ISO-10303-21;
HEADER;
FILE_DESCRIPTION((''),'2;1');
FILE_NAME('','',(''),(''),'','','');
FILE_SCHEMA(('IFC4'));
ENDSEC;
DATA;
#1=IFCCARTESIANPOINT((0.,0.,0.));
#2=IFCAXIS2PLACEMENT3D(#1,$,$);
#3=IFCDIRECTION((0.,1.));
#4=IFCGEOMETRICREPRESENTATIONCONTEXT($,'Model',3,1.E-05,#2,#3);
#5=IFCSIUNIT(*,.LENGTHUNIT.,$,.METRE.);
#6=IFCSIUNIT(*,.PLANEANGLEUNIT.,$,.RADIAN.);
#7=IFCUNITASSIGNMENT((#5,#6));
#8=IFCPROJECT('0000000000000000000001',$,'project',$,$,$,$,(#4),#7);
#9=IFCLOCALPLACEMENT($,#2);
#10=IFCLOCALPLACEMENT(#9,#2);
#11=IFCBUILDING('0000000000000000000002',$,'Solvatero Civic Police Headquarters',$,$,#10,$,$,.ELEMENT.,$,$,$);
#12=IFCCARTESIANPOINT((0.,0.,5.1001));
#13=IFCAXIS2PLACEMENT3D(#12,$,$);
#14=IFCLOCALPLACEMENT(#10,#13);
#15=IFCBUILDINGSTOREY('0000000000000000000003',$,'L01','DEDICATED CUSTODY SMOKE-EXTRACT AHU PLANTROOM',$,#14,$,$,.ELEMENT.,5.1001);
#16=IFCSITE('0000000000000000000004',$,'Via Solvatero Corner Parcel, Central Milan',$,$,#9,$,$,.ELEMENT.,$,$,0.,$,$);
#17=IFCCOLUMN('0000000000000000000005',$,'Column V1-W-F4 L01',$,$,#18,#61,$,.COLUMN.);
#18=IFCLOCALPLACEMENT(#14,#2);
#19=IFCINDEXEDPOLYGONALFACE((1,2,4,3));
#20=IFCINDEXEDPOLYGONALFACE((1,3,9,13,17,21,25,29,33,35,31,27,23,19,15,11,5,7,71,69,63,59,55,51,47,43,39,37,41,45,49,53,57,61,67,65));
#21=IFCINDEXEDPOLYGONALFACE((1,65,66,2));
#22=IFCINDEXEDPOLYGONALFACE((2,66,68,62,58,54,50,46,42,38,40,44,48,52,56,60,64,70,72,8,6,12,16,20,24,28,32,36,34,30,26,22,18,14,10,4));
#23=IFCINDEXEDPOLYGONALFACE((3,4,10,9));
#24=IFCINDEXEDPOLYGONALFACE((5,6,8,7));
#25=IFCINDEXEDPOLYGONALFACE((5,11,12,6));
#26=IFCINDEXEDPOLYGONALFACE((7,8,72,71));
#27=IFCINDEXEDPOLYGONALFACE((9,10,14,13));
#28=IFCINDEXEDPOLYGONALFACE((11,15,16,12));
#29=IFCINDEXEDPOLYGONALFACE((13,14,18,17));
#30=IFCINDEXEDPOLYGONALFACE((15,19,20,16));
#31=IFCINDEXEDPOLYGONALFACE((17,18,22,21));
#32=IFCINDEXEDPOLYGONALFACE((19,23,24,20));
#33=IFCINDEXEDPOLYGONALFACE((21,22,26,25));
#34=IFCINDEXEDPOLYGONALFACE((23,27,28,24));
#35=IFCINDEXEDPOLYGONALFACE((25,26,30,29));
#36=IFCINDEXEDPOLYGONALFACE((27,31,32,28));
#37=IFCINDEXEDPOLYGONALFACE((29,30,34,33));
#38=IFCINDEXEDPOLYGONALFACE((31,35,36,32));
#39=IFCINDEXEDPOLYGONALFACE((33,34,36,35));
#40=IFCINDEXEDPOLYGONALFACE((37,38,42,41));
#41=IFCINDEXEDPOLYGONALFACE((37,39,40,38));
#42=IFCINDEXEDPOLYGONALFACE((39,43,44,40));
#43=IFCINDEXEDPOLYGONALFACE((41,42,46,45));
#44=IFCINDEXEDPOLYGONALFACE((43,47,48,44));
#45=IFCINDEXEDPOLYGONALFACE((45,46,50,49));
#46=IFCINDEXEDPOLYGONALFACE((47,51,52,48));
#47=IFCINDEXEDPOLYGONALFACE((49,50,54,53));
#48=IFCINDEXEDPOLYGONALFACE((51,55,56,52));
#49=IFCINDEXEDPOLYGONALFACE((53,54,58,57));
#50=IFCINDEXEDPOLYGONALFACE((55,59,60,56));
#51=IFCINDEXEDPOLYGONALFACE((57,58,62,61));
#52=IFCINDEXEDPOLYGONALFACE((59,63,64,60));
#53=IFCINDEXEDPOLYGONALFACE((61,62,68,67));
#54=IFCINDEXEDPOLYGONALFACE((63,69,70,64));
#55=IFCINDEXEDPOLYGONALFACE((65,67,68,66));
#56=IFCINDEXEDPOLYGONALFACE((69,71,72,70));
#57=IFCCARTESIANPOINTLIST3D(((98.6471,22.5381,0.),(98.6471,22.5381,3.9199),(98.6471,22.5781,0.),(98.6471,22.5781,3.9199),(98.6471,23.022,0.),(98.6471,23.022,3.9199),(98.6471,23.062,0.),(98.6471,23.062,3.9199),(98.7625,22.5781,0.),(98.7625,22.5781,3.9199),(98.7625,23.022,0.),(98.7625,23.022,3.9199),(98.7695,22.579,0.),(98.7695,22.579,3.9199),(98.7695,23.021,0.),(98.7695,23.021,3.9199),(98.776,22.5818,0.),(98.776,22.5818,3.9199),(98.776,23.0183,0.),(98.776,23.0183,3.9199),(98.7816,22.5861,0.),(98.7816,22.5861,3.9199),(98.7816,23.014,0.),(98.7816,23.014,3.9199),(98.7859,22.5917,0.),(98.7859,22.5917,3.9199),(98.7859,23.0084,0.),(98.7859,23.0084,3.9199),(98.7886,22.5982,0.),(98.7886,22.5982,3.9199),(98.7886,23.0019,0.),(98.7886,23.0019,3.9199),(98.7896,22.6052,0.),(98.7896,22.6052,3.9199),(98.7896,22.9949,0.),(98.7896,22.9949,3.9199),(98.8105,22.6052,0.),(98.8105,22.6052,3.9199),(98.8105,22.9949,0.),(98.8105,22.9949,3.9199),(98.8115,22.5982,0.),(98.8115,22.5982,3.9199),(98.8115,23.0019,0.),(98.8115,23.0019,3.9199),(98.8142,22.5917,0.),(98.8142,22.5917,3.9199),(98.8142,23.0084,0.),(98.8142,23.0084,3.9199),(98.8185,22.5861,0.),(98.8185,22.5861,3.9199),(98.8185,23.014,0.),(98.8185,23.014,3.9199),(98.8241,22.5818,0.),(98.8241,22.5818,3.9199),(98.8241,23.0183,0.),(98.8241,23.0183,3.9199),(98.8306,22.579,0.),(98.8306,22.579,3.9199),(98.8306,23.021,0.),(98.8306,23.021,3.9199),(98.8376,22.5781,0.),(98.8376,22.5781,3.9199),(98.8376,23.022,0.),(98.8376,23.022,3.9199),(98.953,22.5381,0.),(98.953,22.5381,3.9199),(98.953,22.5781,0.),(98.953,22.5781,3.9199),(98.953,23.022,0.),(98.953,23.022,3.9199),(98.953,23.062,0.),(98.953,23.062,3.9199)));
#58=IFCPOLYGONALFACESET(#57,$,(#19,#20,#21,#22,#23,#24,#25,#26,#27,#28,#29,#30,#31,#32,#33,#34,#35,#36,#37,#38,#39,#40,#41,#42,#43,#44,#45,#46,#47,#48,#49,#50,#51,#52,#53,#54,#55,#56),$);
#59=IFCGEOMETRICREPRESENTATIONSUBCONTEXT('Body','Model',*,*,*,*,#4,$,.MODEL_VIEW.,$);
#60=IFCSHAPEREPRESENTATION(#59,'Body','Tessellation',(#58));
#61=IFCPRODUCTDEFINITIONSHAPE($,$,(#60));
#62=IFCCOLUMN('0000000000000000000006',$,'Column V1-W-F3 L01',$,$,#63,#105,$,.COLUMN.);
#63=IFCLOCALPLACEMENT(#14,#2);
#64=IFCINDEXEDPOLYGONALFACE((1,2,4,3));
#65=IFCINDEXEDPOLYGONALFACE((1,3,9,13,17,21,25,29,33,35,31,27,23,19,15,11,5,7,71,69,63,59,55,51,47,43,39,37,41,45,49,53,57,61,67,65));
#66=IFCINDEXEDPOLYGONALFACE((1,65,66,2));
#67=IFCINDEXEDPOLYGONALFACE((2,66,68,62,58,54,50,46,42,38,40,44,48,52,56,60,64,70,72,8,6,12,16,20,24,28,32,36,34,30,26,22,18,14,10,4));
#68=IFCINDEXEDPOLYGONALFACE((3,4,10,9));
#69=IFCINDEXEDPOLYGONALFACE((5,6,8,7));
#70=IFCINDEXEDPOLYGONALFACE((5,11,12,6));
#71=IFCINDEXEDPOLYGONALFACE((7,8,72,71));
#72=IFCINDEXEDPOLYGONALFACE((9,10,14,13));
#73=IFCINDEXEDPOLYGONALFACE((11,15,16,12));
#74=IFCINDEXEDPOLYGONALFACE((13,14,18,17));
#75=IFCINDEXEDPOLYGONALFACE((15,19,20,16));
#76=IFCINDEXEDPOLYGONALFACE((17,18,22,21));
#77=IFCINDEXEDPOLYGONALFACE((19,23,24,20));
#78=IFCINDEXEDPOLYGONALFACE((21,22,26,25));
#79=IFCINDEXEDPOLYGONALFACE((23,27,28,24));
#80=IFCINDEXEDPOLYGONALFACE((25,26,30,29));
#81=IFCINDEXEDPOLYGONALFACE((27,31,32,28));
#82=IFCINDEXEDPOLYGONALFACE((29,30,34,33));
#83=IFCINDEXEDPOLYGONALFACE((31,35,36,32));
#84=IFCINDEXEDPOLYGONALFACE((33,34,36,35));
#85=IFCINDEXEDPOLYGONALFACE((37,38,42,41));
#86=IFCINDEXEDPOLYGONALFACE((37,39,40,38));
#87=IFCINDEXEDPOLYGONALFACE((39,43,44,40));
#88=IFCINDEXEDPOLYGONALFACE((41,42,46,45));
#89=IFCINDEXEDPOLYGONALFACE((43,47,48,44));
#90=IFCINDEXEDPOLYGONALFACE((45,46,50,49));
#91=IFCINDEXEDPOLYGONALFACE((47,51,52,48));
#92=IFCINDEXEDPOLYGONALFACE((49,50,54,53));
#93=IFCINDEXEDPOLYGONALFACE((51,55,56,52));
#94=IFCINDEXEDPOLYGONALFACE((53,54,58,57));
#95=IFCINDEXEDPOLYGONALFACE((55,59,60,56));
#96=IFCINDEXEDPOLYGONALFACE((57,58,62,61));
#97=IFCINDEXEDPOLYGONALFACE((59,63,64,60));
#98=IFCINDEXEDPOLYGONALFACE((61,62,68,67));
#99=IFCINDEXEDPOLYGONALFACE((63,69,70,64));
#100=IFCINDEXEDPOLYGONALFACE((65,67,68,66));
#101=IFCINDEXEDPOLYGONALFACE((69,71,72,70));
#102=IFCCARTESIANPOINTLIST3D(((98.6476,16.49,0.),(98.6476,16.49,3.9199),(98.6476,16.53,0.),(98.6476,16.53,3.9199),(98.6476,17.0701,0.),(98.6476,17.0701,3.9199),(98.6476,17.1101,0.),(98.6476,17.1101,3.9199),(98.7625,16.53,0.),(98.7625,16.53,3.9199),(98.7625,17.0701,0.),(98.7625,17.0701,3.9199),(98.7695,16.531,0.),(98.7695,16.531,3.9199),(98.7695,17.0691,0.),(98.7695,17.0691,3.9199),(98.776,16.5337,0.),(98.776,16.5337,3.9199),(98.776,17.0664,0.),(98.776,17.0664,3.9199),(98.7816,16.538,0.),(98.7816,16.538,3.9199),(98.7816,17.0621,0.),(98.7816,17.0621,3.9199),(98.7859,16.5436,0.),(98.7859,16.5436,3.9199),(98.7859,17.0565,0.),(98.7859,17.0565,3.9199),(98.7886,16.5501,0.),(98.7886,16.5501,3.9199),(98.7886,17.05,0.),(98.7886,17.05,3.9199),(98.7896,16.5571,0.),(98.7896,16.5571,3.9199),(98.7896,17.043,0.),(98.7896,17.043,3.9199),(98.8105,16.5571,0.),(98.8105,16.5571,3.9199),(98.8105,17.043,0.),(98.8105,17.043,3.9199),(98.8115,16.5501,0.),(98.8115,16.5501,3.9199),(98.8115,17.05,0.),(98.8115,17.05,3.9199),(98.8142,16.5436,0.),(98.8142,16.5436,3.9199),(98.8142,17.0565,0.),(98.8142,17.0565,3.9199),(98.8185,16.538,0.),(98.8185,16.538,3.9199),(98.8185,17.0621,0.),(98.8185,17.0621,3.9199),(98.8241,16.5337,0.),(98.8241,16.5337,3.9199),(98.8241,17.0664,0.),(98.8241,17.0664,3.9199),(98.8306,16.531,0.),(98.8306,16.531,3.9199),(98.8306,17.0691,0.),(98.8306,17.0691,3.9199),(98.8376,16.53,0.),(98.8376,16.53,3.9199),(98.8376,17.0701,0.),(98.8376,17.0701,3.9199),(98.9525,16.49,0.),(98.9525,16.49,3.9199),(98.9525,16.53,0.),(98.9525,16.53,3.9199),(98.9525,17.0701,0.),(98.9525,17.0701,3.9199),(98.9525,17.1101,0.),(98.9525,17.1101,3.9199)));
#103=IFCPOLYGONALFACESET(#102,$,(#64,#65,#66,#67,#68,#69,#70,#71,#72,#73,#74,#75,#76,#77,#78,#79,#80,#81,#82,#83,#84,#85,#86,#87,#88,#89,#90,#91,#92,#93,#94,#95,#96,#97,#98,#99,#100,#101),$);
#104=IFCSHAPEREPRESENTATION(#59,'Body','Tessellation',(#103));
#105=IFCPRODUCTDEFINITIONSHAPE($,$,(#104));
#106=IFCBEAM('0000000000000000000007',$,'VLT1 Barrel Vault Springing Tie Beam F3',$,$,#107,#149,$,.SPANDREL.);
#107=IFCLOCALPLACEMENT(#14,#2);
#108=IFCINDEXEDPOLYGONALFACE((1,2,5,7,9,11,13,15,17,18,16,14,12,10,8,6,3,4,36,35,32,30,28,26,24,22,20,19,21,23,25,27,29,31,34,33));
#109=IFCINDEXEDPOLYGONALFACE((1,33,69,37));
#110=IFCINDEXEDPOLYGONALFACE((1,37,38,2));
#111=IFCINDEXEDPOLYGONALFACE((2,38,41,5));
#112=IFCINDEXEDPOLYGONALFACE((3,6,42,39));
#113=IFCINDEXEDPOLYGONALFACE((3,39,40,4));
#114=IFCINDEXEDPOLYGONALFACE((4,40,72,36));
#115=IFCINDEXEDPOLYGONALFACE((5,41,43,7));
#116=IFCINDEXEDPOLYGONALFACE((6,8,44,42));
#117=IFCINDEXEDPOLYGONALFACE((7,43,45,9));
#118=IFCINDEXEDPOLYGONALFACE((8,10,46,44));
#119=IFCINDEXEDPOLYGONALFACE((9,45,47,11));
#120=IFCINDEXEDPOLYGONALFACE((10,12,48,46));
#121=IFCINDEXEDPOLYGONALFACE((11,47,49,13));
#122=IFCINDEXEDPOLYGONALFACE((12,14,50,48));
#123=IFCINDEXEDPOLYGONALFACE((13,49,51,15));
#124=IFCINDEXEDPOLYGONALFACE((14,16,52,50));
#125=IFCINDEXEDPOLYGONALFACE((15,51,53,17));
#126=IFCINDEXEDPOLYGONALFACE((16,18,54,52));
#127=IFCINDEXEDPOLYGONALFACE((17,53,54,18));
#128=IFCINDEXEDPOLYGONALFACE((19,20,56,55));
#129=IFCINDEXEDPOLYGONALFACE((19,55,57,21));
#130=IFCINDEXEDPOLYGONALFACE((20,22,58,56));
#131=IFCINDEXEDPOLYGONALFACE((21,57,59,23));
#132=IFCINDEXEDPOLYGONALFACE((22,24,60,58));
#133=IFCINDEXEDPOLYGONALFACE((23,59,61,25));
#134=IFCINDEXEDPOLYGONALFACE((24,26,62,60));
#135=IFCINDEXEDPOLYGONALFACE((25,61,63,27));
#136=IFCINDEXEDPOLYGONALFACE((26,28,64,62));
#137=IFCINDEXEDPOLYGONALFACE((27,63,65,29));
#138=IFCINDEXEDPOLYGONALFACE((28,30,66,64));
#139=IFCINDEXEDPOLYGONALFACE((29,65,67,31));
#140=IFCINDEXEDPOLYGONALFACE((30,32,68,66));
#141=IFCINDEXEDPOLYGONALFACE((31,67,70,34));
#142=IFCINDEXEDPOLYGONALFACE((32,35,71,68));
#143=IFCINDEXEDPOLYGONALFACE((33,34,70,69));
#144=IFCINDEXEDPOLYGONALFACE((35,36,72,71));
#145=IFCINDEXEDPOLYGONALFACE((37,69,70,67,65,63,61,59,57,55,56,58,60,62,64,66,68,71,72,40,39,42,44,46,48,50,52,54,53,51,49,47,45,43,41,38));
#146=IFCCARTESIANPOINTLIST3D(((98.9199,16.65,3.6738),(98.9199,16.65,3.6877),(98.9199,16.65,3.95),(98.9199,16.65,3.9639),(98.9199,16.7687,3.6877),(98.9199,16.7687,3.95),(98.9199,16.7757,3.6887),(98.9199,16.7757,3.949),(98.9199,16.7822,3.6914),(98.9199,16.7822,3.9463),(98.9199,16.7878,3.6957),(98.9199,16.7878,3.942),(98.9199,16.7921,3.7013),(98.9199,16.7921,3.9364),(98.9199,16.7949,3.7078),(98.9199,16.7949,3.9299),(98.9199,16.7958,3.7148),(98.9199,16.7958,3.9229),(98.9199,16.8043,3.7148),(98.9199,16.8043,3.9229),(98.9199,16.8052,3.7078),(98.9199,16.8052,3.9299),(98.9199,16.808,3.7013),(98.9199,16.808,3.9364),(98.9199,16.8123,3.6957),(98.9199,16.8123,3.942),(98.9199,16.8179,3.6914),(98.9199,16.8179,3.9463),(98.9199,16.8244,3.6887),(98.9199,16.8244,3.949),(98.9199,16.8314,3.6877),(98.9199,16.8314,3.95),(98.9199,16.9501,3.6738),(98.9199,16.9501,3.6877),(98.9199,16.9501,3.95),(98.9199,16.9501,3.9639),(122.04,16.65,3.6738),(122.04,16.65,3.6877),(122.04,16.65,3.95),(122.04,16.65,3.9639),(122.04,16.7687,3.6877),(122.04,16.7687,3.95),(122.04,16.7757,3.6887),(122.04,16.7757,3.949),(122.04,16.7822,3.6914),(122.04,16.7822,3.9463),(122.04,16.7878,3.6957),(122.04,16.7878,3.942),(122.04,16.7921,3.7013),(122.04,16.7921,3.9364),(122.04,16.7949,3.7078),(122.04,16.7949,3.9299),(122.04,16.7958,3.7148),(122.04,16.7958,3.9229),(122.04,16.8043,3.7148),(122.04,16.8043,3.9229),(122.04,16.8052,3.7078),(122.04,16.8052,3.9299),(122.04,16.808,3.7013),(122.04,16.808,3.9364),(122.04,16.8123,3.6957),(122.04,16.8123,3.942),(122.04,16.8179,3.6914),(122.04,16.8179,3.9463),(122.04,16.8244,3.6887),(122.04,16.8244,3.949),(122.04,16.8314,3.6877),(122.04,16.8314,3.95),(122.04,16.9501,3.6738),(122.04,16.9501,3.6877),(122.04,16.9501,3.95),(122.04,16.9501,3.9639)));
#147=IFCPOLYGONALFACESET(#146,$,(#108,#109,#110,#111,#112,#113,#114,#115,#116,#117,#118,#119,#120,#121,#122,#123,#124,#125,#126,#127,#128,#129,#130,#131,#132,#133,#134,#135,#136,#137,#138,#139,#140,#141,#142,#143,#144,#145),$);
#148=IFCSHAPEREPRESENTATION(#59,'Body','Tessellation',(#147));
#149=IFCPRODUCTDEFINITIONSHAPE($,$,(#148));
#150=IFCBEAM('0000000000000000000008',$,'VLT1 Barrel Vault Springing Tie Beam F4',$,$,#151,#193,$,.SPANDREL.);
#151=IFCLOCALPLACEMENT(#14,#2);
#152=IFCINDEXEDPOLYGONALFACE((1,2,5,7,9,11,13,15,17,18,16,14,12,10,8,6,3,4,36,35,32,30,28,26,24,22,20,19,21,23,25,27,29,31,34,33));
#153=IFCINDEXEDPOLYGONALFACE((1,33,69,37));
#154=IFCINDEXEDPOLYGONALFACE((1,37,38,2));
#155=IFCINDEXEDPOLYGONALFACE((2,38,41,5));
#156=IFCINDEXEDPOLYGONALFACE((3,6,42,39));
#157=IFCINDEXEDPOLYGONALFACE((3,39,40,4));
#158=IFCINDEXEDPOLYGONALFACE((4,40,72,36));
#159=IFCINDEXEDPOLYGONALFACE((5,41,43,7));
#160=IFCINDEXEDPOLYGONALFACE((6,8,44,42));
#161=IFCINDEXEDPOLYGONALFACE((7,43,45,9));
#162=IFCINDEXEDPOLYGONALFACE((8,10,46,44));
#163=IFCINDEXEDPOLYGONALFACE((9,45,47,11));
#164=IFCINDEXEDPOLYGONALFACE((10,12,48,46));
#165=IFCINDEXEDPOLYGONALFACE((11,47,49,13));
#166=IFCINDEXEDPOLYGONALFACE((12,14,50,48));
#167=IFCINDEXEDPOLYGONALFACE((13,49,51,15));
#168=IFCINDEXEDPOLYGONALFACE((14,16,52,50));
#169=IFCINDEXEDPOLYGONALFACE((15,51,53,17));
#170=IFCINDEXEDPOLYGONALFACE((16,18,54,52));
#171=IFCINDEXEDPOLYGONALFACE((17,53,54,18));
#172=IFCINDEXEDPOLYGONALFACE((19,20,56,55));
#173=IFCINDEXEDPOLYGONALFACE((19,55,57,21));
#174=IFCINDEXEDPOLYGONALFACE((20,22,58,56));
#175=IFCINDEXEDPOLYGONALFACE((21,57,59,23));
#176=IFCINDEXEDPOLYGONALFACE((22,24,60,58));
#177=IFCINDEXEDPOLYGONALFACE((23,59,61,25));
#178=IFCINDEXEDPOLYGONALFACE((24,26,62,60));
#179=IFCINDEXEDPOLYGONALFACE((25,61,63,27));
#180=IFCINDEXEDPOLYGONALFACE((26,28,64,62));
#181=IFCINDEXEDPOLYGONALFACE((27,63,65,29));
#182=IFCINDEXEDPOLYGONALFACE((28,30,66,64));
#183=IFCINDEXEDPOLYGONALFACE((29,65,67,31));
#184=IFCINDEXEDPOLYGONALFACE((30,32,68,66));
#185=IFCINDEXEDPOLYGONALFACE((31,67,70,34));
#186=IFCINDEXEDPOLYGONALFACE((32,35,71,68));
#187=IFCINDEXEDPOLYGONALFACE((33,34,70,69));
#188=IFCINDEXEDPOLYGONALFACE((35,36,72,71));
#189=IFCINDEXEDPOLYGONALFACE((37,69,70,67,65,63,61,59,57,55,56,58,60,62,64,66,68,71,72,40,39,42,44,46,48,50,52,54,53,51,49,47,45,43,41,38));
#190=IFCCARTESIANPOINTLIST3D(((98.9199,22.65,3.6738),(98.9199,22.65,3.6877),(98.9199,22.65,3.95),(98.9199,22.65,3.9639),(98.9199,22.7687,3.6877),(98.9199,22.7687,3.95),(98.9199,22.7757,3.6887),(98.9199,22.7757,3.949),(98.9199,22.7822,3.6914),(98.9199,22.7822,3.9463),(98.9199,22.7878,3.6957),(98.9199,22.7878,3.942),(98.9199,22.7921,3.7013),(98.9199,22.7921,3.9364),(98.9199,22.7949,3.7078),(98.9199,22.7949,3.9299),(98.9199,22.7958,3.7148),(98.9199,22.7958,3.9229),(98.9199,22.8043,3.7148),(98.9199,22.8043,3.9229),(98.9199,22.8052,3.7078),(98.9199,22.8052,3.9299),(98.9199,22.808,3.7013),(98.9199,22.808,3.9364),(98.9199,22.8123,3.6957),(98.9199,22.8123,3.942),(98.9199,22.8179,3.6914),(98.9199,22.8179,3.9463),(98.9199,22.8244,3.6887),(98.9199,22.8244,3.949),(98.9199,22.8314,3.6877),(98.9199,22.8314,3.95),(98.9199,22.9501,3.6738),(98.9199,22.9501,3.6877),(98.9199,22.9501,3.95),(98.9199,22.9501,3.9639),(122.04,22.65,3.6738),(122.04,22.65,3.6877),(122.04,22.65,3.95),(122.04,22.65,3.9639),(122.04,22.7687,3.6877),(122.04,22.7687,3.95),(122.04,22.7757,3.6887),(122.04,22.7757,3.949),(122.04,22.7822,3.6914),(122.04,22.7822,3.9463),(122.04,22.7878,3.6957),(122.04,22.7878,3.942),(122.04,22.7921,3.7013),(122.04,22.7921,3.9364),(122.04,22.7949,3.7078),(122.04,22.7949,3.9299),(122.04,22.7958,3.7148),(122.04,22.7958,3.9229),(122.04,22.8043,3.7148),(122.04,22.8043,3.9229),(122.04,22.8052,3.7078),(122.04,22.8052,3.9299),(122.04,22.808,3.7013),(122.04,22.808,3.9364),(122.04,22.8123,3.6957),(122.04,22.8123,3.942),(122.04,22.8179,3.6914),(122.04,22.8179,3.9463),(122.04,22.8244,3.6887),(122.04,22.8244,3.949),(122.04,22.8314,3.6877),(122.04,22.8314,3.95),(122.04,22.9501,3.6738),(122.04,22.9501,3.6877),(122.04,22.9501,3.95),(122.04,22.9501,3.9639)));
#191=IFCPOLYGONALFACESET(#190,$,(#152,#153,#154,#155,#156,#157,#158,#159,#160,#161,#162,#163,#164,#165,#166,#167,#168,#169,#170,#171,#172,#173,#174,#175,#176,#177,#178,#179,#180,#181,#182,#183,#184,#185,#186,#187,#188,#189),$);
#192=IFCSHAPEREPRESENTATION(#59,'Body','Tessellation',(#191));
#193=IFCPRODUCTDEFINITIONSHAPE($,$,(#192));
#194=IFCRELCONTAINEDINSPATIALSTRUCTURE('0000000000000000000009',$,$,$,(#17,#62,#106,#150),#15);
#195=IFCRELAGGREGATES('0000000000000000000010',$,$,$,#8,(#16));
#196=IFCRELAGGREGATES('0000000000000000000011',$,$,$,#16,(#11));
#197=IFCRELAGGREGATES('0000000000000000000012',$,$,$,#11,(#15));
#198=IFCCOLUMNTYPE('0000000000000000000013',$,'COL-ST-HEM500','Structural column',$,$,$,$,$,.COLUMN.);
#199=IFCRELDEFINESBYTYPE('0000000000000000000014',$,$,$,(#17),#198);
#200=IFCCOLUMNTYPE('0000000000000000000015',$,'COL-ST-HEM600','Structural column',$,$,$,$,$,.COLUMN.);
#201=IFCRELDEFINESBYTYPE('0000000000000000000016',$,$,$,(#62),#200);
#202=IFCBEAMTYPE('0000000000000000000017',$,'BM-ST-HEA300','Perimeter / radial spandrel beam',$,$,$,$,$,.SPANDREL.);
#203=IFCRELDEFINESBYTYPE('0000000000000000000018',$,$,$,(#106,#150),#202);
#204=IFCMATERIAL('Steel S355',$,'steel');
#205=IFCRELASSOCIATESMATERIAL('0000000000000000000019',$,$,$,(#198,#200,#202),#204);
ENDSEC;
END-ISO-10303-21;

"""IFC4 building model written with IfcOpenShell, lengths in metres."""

from ifc_helpers import new_model, si_unit, direction, frame, origin, origin_2d, place, context, subcontext, project, spatial, i_section, extrude, material, material_profile, profile_set, type_object, element, save


model = new_model("IFC4")

# Units and contexts
model_context = context("Model", 3, precision=1e-05, world=origin(), true_north=direction((0.0, 1.0)))
body_context = subcontext(model_context, "Body", "Model", "MODEL_VIEW")
ifc_project = project(units=[si_unit("LENGTHUNIT", "METRE"), si_unit("PLANEANGLEUNIT", "RADIAN")], contexts=[model_context])

# Site, building, storey
site_placement = place(None, origin())
site = spatial("IfcSite", under=ifc_project, at=site_placement, Name="Via Solvatero Corner Parcel, Central Milan", CompositionType="ELEMENT", RefElevation=0.0)
building_placement = place(site_placement, origin())
building = spatial("IfcBuilding", under=site, at=building_placement, Name="Solvatero Civic Police Headquarters", CompositionType="ELEMENT")
storey_placement = place(building_placement, frame((0.0, 0.0, 5.1001)))
storey = spatial("IfcBuildingStorey", under=building, at=storey_placement, Name="L01", Description="DEDICATED CUSTODY SMOKE-EXTRACT AHU PLANTROOM", CompositionType="ELEMENT", Elevation=5.1001)

# Columns
ifc_material_1 = material(Name="Steel S355", Category="steel")
ifc_material_profile_1 = material_profile(ifc_material_1, i_section(OverallWidth=0.3059, OverallDepth=0.5239, WebThickness=0.021, FlangeThickness=0.04, FilletRadius=0.0271, at=origin_2d()), Name="HEM 500")
ifc_profile_set_1 = profile_set([ifc_material_profile_1], Name="Steel S355")
column_type_1 = type_object("IfcColumnType", Name="COL-ST-HEM500", Description="Structural column", PredefinedType="COLUMN", material=ifc_profile_set_1)
column_1_placement = place(storey_placement, frame((98.8, 22.8, 0.0), z_axis=(0.0, 0.0, 1.0), x_axis=(1.0, 0.0, 0.0)))
element("IfcColumn", 1, at=column_1_placement, inside=storey, type_object=column_type_1, Name="Column V1-W-F4 L01", PredefinedType="COLUMN", context=body_context, shape_type="SweptSolid", body=[
    extrude(i_section(OverallWidth=0.3059, OverallDepth=0.5239, WebThickness=0.021, FlangeThickness=0.04, FilletRadius=0.0271, at=origin_2d()), origin(), (0.0, 0.0, 1.0), 3.9199),
])
ifc_material_profile_2 = material_profile(ifc_material_1, i_section(OverallWidth=0.3049, OverallDepth=0.6201, WebThickness=0.021, FlangeThickness=0.04, FilletRadius=0.0271, at=origin_2d()), Name="HEM 600")
ifc_profile_set_2 = profile_set([ifc_material_profile_2], Name="Steel S355")
column_type_2 = type_object("IfcColumnType", Name="COL-ST-HEM600", Description="Structural column", PredefinedType="COLUMN", material=ifc_profile_set_2)
column_2_placement = place(storey_placement, frame((98.8, 16.8, 0.0), z_axis=(0.0, 0.0, 1.0), x_axis=(1.0, 0.0, 0.0)))
element("IfcColumn", 2, at=column_2_placement, inside=storey, type_object=column_type_2, Name="Column V1-W-F3 L01", PredefinedType="COLUMN", context=body_context, shape_type="SweptSolid", body=[
    extrude(i_section(OverallWidth=0.3049, OverallDepth=0.6201, WebThickness=0.021, FlangeThickness=0.04, FilletRadius=0.0271, at=origin_2d()), origin(), (0.0, 0.0, 1.0), 3.9199),
])

# Beams
ifc_material_profile_3 = material_profile(ifc_material_1, i_section(OverallWidth=0.3, OverallDepth=0.29, WebThickness=0.0085, FlangeThickness=0.0139, FilletRadius=0.0271, at=origin_2d()), Name="HEA 300")
ifc_profile_set_3 = profile_set([ifc_material_profile_3], Name="Steel S355")
beam_type_1 = type_object("IfcBeamType", Name="BM-ST-HEA300", Description="Perimeter / radial spandrel beam", PredefinedType="SPANDREL", material=ifc_profile_set_3)
for number, where, z_axis, x_axis, name in (
    (3, (98.9199, 16.8, 3.8188), (1.0, 0.0, 0.0), (0.0, 1.0, 0.0), "VLT1 Barrel Vault Springing Tie Beam F3"),
    (4, (98.9199, 22.8, 3.8188), (1.0, 0.0, 0.0), (0.0, 1.0, 0.0), "VLT1 Barrel Vault Springing Tie Beam F4"),
):
    element("IfcBeam", number, at=place(storey_placement, frame(where, z_axis=z_axis, x_axis=x_axis)), inside=storey, type_object=beam_type_1, Name=name, PredefinedType="SPANDREL", context=body_context, shape_type="SweptSolid", body=[
        extrude(i_section(OverallWidth=0.3, OverallDepth=0.29, WebThickness=0.0085, FlangeThickness=0.0139, FilletRadius=0.0271, at=origin_2d()), origin(), (0.0, 0.0, 1.0), 23.1201),
    ])

save(model, "model.ifc")
